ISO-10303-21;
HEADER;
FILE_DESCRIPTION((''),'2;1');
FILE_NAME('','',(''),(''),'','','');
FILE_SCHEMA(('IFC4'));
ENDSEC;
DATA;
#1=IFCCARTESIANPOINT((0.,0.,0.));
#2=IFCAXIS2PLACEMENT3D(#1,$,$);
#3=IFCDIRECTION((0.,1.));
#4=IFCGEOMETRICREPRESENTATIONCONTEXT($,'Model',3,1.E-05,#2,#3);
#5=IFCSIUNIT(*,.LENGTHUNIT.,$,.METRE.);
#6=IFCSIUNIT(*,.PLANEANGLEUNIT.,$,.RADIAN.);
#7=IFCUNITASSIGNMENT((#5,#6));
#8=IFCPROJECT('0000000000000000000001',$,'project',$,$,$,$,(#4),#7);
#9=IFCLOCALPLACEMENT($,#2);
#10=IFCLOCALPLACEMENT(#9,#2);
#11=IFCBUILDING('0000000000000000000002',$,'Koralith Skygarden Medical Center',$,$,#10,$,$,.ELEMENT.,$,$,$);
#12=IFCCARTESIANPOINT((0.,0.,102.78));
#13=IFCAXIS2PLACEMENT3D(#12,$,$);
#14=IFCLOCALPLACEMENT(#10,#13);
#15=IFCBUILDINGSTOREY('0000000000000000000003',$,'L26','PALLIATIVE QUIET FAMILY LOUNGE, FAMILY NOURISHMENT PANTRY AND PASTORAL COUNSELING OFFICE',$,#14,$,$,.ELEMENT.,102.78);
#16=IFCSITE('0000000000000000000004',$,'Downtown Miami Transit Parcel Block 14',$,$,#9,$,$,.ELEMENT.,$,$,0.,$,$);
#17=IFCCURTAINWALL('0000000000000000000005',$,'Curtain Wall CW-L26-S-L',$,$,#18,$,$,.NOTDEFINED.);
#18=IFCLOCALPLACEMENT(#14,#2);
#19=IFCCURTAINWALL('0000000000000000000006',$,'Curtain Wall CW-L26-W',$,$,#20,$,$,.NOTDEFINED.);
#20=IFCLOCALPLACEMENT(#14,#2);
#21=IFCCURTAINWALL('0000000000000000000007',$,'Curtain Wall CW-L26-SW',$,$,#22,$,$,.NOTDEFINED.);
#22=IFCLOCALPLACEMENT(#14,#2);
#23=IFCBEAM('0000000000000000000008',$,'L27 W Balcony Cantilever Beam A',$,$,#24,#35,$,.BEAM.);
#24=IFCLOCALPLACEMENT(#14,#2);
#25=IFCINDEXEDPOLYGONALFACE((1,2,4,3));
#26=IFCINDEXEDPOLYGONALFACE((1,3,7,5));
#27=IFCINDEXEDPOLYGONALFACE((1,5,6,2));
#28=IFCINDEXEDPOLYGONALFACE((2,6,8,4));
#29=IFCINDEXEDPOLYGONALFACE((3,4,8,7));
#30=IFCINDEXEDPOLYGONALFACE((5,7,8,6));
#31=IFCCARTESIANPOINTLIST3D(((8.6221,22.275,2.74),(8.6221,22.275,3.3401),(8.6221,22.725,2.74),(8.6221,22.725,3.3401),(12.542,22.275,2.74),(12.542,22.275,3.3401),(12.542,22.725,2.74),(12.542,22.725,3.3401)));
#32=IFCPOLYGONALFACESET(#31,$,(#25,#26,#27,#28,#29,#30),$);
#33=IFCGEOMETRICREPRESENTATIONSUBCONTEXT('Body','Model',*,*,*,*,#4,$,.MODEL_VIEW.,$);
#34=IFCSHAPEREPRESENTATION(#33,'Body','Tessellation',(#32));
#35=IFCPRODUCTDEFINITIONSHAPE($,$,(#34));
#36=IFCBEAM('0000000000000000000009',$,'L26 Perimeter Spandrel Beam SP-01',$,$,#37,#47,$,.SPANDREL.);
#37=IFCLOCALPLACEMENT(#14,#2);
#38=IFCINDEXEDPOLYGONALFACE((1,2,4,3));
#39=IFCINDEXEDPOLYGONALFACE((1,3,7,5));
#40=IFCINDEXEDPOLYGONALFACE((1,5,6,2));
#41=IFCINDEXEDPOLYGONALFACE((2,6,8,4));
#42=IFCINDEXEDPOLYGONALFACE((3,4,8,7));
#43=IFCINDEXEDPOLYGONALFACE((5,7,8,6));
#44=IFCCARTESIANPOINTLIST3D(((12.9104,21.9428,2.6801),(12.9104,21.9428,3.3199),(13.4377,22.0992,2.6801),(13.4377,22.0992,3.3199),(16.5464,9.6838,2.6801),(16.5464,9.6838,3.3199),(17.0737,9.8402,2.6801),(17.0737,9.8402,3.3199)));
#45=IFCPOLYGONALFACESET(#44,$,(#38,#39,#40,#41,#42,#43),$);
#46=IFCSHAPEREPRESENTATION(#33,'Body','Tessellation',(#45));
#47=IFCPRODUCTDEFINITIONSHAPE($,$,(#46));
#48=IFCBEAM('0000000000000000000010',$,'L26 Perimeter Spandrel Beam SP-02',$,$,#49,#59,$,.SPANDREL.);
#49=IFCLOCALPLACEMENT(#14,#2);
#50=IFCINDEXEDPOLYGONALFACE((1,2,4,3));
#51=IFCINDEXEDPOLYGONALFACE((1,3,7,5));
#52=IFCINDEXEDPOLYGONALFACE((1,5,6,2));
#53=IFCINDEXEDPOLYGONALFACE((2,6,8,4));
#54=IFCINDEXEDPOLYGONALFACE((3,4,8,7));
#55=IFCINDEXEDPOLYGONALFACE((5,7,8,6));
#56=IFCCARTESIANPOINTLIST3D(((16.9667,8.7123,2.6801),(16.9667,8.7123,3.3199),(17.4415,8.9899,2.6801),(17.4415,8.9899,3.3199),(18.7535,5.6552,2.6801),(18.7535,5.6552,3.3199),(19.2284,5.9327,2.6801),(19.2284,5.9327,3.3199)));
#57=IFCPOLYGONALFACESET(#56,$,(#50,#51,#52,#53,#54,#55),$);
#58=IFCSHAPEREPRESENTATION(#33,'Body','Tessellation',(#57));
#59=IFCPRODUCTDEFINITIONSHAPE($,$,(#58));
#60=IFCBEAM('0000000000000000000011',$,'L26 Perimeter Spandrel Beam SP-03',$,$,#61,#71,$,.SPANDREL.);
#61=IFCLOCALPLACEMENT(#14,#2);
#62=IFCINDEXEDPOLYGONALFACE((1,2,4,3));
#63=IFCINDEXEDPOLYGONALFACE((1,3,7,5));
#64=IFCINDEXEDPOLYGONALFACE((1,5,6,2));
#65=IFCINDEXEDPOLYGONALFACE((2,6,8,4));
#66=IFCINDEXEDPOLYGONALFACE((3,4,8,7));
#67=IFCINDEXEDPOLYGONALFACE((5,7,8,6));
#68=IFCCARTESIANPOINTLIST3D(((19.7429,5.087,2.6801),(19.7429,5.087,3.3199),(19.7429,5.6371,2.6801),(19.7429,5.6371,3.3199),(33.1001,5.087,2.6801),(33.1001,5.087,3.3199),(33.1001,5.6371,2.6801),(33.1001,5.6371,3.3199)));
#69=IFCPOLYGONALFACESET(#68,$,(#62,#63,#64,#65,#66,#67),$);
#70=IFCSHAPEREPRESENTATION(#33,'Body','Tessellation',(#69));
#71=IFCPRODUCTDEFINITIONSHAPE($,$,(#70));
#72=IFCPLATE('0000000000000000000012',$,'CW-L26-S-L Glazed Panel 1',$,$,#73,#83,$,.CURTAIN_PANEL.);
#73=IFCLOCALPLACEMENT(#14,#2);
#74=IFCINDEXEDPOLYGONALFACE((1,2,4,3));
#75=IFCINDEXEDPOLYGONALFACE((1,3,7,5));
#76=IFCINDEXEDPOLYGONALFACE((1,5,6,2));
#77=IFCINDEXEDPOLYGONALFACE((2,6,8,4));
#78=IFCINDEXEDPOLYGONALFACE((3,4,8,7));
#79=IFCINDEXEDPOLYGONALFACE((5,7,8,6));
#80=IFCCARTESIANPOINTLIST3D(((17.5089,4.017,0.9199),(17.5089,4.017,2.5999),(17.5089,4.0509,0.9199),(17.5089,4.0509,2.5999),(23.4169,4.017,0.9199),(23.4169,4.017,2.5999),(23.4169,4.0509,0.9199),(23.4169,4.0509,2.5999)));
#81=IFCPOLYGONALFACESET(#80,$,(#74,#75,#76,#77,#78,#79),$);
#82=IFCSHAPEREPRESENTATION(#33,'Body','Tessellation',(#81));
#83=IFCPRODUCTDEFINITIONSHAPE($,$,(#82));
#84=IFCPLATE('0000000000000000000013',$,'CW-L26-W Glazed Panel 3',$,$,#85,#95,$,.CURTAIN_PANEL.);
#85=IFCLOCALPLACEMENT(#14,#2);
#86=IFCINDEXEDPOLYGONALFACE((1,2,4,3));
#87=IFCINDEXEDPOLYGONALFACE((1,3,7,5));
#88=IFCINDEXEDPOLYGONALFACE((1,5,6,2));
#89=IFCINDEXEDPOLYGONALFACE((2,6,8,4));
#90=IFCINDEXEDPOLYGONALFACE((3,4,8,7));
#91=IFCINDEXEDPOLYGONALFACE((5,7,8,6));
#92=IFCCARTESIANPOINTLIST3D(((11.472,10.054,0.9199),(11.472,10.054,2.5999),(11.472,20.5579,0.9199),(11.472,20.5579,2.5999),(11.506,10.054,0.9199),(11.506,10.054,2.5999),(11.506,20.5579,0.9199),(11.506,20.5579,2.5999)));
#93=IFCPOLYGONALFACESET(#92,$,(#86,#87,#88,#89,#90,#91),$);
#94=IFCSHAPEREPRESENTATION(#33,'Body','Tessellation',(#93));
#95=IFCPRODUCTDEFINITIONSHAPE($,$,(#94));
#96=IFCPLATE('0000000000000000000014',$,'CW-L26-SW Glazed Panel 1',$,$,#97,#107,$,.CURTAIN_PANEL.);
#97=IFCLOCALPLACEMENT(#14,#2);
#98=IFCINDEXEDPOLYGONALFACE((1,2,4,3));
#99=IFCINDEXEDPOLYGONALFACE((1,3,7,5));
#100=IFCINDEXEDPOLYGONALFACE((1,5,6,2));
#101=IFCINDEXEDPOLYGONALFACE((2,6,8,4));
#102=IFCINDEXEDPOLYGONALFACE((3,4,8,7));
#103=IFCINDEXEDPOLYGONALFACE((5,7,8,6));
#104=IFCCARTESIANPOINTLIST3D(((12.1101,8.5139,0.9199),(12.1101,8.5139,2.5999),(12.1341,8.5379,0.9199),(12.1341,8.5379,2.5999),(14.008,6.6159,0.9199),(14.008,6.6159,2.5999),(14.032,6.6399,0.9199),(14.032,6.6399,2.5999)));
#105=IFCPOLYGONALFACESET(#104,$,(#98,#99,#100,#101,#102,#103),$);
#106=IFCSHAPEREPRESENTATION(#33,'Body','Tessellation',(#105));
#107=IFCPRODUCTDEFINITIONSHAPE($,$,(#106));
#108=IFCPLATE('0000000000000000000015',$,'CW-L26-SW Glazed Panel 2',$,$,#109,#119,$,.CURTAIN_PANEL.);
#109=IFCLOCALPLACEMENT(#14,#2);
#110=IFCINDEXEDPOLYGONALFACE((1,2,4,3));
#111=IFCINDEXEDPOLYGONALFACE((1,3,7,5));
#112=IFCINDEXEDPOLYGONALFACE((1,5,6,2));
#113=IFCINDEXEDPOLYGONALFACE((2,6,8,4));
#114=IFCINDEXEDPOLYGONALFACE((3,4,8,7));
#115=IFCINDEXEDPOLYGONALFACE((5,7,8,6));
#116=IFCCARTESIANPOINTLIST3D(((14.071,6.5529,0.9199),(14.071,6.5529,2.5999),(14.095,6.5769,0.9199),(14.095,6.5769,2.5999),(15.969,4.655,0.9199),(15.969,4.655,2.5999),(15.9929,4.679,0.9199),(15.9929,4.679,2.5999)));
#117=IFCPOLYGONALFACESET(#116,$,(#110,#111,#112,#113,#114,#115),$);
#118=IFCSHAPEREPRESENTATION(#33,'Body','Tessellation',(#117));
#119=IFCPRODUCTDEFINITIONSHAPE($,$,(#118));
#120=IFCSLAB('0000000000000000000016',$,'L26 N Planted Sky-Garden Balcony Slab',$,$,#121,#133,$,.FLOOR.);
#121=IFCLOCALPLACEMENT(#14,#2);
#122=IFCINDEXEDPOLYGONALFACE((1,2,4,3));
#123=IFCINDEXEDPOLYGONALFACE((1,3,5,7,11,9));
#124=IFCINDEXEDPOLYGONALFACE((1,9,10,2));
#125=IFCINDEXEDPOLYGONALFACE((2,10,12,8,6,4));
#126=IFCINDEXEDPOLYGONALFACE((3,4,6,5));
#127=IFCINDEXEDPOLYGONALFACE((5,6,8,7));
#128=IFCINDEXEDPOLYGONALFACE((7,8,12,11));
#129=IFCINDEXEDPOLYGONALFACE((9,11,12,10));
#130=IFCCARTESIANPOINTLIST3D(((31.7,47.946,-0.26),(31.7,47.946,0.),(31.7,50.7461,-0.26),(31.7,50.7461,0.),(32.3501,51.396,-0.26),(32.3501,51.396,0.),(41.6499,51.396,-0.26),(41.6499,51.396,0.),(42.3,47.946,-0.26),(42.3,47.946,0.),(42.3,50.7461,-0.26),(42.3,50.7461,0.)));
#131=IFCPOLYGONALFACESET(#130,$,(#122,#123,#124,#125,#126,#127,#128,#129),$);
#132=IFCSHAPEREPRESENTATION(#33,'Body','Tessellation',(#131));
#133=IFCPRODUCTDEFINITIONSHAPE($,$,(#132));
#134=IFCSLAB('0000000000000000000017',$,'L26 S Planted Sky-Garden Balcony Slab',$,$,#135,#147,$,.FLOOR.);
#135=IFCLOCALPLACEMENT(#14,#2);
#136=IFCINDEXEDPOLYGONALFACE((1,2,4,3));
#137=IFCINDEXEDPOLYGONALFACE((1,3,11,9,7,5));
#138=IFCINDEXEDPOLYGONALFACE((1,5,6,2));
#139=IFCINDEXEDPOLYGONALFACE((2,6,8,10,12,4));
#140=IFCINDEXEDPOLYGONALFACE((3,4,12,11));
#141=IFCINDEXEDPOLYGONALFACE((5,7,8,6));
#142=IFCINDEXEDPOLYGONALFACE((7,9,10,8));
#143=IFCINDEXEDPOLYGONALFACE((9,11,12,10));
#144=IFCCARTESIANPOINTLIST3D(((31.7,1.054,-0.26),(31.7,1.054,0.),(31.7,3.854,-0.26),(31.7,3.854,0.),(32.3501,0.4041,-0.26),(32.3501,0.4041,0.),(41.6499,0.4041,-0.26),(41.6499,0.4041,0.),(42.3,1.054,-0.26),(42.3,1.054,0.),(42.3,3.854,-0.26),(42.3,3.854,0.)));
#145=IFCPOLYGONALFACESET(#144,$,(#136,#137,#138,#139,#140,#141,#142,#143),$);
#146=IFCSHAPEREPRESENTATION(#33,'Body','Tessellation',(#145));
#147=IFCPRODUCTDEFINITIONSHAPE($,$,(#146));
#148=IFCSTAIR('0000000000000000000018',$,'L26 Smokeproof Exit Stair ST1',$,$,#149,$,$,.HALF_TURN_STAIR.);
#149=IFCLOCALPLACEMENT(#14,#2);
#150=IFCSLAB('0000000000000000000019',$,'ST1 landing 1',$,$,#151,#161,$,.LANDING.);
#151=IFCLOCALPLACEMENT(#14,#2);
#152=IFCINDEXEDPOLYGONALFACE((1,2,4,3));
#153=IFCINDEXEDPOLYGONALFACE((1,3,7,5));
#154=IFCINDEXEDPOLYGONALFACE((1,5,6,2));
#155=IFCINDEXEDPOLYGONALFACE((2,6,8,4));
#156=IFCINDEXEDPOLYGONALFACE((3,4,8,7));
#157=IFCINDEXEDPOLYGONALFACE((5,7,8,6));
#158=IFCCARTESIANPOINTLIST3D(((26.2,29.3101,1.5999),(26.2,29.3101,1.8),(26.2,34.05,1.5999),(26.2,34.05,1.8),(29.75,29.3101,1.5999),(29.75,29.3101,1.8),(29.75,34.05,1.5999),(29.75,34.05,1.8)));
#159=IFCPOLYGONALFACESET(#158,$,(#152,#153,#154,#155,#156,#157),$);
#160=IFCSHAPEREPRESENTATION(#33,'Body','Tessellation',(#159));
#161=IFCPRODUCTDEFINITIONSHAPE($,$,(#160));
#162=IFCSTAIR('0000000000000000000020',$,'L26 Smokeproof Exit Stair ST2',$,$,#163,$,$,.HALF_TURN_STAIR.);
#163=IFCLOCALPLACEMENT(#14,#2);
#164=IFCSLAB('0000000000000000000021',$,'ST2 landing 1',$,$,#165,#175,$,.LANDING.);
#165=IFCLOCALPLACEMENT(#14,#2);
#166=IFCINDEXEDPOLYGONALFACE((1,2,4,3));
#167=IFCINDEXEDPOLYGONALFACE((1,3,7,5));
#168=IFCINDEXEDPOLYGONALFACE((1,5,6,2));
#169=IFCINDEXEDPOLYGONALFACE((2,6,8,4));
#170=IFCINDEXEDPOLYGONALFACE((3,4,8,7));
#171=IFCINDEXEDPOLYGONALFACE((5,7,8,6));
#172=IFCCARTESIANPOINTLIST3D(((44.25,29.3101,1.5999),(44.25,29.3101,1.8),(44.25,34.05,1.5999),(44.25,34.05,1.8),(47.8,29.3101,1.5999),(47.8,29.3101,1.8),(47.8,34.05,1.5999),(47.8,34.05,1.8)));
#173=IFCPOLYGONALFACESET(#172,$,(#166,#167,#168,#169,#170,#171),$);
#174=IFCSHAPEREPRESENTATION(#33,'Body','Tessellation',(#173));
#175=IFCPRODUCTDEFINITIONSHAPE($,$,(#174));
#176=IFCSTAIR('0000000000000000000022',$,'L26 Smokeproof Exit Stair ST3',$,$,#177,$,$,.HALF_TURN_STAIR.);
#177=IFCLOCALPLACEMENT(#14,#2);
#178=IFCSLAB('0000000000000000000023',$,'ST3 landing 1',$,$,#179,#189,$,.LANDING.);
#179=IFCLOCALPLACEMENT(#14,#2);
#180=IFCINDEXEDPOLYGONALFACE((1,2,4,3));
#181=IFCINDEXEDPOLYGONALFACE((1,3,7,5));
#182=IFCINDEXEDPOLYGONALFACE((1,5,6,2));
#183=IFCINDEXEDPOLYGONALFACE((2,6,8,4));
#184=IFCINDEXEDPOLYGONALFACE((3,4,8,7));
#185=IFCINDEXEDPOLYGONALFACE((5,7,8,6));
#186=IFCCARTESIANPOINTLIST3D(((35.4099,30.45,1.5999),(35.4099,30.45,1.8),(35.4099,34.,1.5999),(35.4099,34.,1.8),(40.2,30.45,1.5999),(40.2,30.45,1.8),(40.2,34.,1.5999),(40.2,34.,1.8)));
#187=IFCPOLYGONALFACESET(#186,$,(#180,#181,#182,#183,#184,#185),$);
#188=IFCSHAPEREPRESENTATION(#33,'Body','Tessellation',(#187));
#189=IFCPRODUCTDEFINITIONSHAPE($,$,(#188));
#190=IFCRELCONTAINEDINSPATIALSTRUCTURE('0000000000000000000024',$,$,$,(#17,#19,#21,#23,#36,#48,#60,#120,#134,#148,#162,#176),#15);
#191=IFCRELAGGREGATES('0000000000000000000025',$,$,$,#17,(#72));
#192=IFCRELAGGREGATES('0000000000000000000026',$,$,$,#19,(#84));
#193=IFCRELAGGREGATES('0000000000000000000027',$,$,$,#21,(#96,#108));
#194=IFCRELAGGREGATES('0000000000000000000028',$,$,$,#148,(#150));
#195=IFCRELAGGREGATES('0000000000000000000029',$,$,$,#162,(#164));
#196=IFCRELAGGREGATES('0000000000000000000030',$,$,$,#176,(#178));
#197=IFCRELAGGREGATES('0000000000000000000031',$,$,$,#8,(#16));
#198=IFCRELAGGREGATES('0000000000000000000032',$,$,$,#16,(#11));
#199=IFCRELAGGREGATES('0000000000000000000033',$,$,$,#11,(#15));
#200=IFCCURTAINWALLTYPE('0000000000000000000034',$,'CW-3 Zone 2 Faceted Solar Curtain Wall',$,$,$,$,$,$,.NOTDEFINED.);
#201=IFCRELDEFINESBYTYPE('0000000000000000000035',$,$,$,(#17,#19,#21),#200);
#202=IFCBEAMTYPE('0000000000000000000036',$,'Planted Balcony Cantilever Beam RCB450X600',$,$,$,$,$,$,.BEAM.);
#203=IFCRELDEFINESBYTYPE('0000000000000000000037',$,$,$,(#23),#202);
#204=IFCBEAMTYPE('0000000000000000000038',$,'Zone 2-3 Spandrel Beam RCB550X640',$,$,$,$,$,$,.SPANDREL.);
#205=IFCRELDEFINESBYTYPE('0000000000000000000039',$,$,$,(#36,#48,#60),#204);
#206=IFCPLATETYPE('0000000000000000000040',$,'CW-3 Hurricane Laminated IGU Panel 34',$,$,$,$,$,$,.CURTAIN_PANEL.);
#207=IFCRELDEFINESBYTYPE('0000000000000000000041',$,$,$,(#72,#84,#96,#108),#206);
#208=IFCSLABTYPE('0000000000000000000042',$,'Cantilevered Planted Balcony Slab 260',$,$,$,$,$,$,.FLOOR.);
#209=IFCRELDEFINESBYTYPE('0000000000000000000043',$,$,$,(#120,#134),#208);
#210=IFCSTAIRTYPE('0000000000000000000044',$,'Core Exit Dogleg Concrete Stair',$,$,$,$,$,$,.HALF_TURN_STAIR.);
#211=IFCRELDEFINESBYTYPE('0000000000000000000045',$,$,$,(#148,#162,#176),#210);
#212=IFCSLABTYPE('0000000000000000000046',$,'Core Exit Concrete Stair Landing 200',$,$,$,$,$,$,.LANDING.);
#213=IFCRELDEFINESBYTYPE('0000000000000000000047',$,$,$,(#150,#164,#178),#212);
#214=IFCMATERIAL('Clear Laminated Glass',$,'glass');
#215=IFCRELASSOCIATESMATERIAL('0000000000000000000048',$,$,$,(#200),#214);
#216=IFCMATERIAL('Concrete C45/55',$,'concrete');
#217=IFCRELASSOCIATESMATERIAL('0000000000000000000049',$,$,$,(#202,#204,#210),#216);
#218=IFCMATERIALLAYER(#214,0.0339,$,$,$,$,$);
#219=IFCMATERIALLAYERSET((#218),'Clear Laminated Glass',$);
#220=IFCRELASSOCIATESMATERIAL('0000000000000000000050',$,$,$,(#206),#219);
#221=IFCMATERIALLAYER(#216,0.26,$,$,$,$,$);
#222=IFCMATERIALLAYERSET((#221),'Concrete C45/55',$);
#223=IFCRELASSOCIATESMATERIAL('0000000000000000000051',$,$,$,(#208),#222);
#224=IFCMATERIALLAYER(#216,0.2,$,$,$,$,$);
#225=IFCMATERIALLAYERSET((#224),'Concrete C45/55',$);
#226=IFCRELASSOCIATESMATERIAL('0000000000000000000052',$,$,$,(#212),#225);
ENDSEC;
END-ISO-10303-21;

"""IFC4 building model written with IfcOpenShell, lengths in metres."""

from ifc_helpers import new_model, si_unit, direction, frame, origin, origin_2d, place, context, subcontext, project, spatial, polyline, rectangle, outline, extrude, material, layer, layer_set, material_profile, profile_set, type_object, element, aggregate, save


model = new_model("IFC4")

# Units and contexts
model_context = context("Model", 3, precision=1e-05, world=origin(), true_north=direction((0.0, 1.0)))
body_context = subcontext(model_context, "Body", "Model", "MODEL_VIEW")
ifc_project = project(units=[si_unit("LENGTHUNIT", "METRE"), si_unit("PLANEANGLEUNIT", "RADIAN")], contexts=[model_context])

# Site, building, storey
site_placement = place(None, origin())
site = spatial("IfcSite", under=ifc_project, at=site_placement, Name="Downtown Miami Transit Parcel Block 14", CompositionType="ELEMENT", RefElevation=0.0)
building_placement = place(site_placement, origin())
building = spatial("IfcBuilding", under=site, at=building_placement, Name="Koralith Skygarden Medical Center", CompositionType="ELEMENT")
storey_placement = place(building_placement, frame((0.0, 0.0, 102.78)))
storey = spatial("IfcBuildingStorey", under=building, at=storey_placement, Name="L26", Description="PALLIATIVE QUIET FAMILY LOUNGE, FAMILY NOURISHMENT PANTRY AND PASTORAL COUNSELING OFFICE", CompositionType="ELEMENT", Elevation=102.78)

# Curtain wall
ifc_material_1 = material(Name="Clear Laminated Glass", Category="glass")
curtain_wall_type = type_object("IfcCurtainWallType", Name="CW-3 Zone 2 Faceted Solar Curtain Wall", PredefinedType="NOTDEFINED", material=ifc_material_1)
curtain_wall_1_placement = place(storey_placement, origin())
curtain_wall_1 = element("IfcCurtainWall", 1, at=curtain_wall_1_placement, inside=storey, type_object=curtain_wall_type, Name="Curtain Wall CW-L26-S-L", PredefinedType="NOTDEFINED")

# Curtain walls
curtain_wall_2_placement = place(storey_placement, origin())
curtain_wall_2 = element("IfcCurtainWall", 2, at=curtain_wall_2_placement, inside=storey, type_object=curtain_wall_type, Name="Curtain Wall CW-L26-W", PredefinedType="NOTDEFINED")
curtain_wall_3_placement = place(storey_placement, origin())
curtain_wall_3 = element("IfcCurtainWall", 3, at=curtain_wall_3_placement, inside=storey, type_object=curtain_wall_type, Name="Curtain Wall CW-L26-SW", PredefinedType="NOTDEFINED")

# Beams
ifc_material_2 = material(Name="Concrete C45/55", Category="concrete")
ifc_material_profile_1 = material_profile(ifc_material_2, rectangle(XDim=0.45, YDim=0.6001, at=origin_2d()), Name="RCB450X600")
ifc_profile_set_1 = profile_set([ifc_material_profile_1], Name="Concrete C45/55")
beam_type_1 = type_object("IfcBeamType", Name="Planted Balcony Cantilever Beam RCB450X600", PredefinedType="BEAM", material=ifc_profile_set_1)
beam_1_placement = place(storey_placement, frame((12.542, 22.5, 3.04), z_axis=(-1.0, 0.0, 0.0), x_axis=(0.0, -1.0, 0.0)))
element("IfcBeam", 4, at=beam_1_placement, inside=storey, type_object=beam_type_1, Name="L27 W Balcony Cantilever Beam A", PredefinedType="BEAM", context=body_context, shape_type="SweptSolid", body=[
    extrude(rectangle(XDim=0.45, YDim=0.6001, at=origin_2d()), origin(), (0.0, 0.0, 1.0), 3.9199),
])
ifc_material_profile_2 = material_profile(ifc_material_2, rectangle(XDim=0.55, YDim=0.6399, at=origin_2d()), Name="RCB550X640")
ifc_profile_set_2 = profile_set([ifc_material_profile_2], Name="Concrete C45/55")
beam_type_2 = type_object("IfcBeamType", Name="Zone 2-3 Spandrel Beam RCB550X640", PredefinedType="SPANDREL", material=ifc_profile_set_2)
beam_2_placement = place(storey_placement, frame((13.1741, 22.021, 3.0), z_axis=(0.284353, -0.95872, 0.0), x_axis=(0.95872, 0.284353, 0.0)))
element("IfcBeam", 5, at=beam_2_placement, inside=storey, type_object=beam_type_2, Name="L26 Perimeter Spandrel Beam SP-01", PredefinedType="SPANDREL", context=body_context, shape_type="SweptSolid", body=[
    extrude(rectangle(XDim=0.55, YDim=0.6399, at=origin_2d()), origin(), (0.0, 0.0, 1.0), 12.7869),
])
beam_3_placement = place(storey_placement, frame((17.2041, 8.8511, 3.0), z_axis=(0.504617, -0.863343, 0.0), x_axis=(0.863343, 0.504617, 0.0)))
element("IfcBeam", 6, at=beam_3_placement, inside=storey, type_object=beam_type_2, Name="L26 Perimeter Spandrel Beam SP-02", PredefinedType="SPANDREL", context=body_context, shape_type="SweptSolid", body=[
    extrude(rectangle(XDim=0.55, YDim=0.6399, at=origin_2d()), origin(), (0.0, 0.0, 1.0), 3.541),
])
beam_4_placement = place(storey_placement, frame((19.7429, 5.3621, 3.0), z_axis=(1.0, 0.0, 0.0), x_axis=(0.0, 1.0, 0.0)))
element("IfcBeam", 7, at=beam_4_placement, inside=storey, type_object=beam_type_2, Name="L26 Perimeter Spandrel Beam SP-03", PredefinedType="SPANDREL", context=body_context, shape_type="SweptSolid", body=[
    extrude(rectangle(XDim=0.55, YDim=0.6399, at=origin_2d()), origin(), (0.0, 0.0, 1.0), 13.3572),
])

# Plates
ifc_layer_1 = layer(ifc_material_1, 0.0339)
ifc_layer_set_1 = layer_set([ifc_layer_1], Name="Clear Laminated Glass")
plate_type_1 = type_object("IfcPlateType", Name="CW-3 Hurricane Laminated IGU Panel 34", PredefinedType="CURTAIN_PANEL", material=ifc_layer_set_1)
plate_1_placement = place(storey_placement, frame((20.4629, 4.0339, 0.9199), z_axis=(0.0, 0.0, 1.0), x_axis=(1.0, 0.0, 0.0)))
plate_1 = element("IfcPlate", 8, at=plate_1_placement, type_object=plate_type_1, Name="CW-L26-S-L Glazed Panel 1", PredefinedType="CURTAIN_PANEL", context=body_context, shape_type="SweptSolid", body=[
    extrude(rectangle(XDim=5.908, YDim=0.0339, at=origin_2d()), origin(), (0.0, 0.0, 1.0), 1.6799),
])
aggregate(curtain_wall_1, [plate_1])
plate_2_placement = place(storey_placement, frame((11.489, 15.3059, 0.9199), z_axis=(0.0, 0.0, 1.0), x_axis=(0.0, -1.0, 0.0)))
plate_2 = element("IfcPlate", 9, at=plate_2_placement, type_object=plate_type_1, Name="CW-L26-W Glazed Panel 3", PredefinedType="CURTAIN_PANEL", context=body_context, shape_type="SweptSolid", body=[
    extrude(rectangle(XDim=10.5039, YDim=0.0339, at=origin_2d()), origin(), (0.0, 0.0, 1.0), 1.6799),
])
aggregate(curtain_wall_2, [plate_2])
plate_3_placement = place(storey_placement, frame((13.071, 7.5769, 0.9199), z_axis=(0.0, 0.0, 1.0), x_axis=(0.707107, -0.707107, 0.0)))
plate_3 = element("IfcPlate", 10, at=plate_3_placement, type_object=plate_type_1, Name="CW-L26-SW Glazed Panel 1", PredefinedType="CURTAIN_PANEL", context=body_context, shape_type="SweptSolid", body=[
    extrude(rectangle(XDim=2.6841, YDim=0.0339, at=origin_2d()), origin(), (0.0, 0.0, 1.0), 1.6799),
])
plate_4_placement = place(storey_placement, frame((15.032, 5.616, 0.9199), z_axis=(0.0, 0.0, 1.0), x_axis=(0.707107, -0.707107, 0.0)))
plate_4 = element("IfcPlate", 11, at=plate_4_placement, type_object=plate_type_1, Name="CW-L26-SW Glazed Panel 2", PredefinedType="CURTAIN_PANEL", context=body_context, shape_type="SweptSolid", body=[
    extrude(rectangle(XDim=2.6841, YDim=0.0339, at=origin_2d()), origin(), (0.0, 0.0, 1.0), 1.6799),
])
aggregate(curtain_wall_3, [plate_3, plate_4])

# Slabs
ifc_layer_2 = layer(ifc_material_2, 0.26)
ifc_layer_set_2 = layer_set([ifc_layer_2], Name="Concrete C45/55")
slab_type_1 = type_object("IfcSlabType", Name="Cantilevered Planted Balcony Slab 260", PredefinedType="FLOOR", material=ifc_layer_set_2)
slab_1_placement = place(storey_placement, frame((0.0, 0.0, -0.26)))
element("IfcSlab", 12, at=slab_1_placement, inside=storey, type_object=slab_type_1, Name="L26 N Planted Sky-Garden Balcony Slab", PredefinedType="FLOOR", context=body_context, shape_type="SweptSolid", body=[
    extrude(outline(polyline([(31.7, 47.946), (42.3, 47.946), (42.3, 50.7461), (41.6499, 51.396), (32.3501, 51.396), (31.7, 50.7461), (31.7, 47.946)])), origin(), (0.0, 0.0, 1.0), 0.26),
])
slab_2_placement = place(storey_placement, frame((0.0, 0.0, -0.26)))
element("IfcSlab", 13, at=slab_2_placement, inside=storey, type_object=slab_type_1, Name="L26 S Planted Sky-Garden Balcony Slab", PredefinedType="FLOOR", context=body_context, shape_type="SweptSolid", body=[
    extrude(outline(polyline([(32.3501, 0.4041), (41.6499, 0.4041), (42.3, 1.054), (42.3, 3.854), (31.7, 3.854), (31.7, 1.054), (32.3501, 0.4041)])), origin(), (0.0, 0.0, 1.0), 0.26),
])

# Stairs, slabs
stair_type = type_object("IfcStairType", Name="Core Exit Dogleg Concrete Stair", PredefinedType="HALF_TURN_STAIR", material=ifc_material_2)
stair_1_placement = place(storey_placement, origin())
stair_1 = element("IfcStair", 14, at=stair_1_placement, inside=storey, type_object=stair_type, Name="L26 Smokeproof Exit Stair ST1", PredefinedType="HALF_TURN_STAIR")
ifc_layer_3 = layer(ifc_material_2, 0.2)
ifc_layer_set_3 = layer_set([ifc_layer_3], Name="Concrete C45/55")
slab_type_2 = type_object("IfcSlabType", Name="Core Exit Concrete Stair Landing 200", PredefinedType="LANDING", material=ifc_layer_set_3)
slab_3_placement = place(storey_placement, frame((0.0, 0.0, 1.5999)))
slab_3 = element("IfcSlab", 15, at=slab_3_placement, type_object=slab_type_2, Name="ST1 landing 1", PredefinedType="LANDING", context=body_context, shape_type="SweptSolid", body=[
    extrude(outline(polyline([(29.75, 29.3101), (29.75, 34.05), (26.2, 34.05), (26.2, 29.3101), (29.75, 29.3101)])), origin(), (0.0, 0.0, 1.0), 0.2002),
])
aggregate(stair_1, [slab_3])
stair_2_placement = place(storey_placement, origin())
stair_2 = element("IfcStair", 16, at=stair_2_placement, inside=storey, type_object=stair_type, Name="L26 Smokeproof Exit Stair ST2", PredefinedType="HALF_TURN_STAIR")
slab_4_placement = place(storey_placement, frame((0.0, 0.0, 1.5999)))
slab_4 = element("IfcSlab", 17, at=slab_4_placement, type_object=slab_type_2, Name="ST2 landing 1", PredefinedType="LANDING", context=body_context, shape_type="SweptSolid", body=[
    extrude(outline(polyline([(47.8, 29.3101), (47.8, 34.05), (44.25, 34.05), (44.25, 29.3101), (47.8, 29.3101)])), origin(), (0.0, 0.0, 1.0), 0.2002),
])
aggregate(stair_2, [slab_4])
stair_3_placement = place(storey_placement, origin())
stair_3 = element("IfcStair", 18, at=stair_3_placement, inside=storey, type_object=stair_type, Name="L26 Smokeproof Exit Stair ST3", PredefinedType="HALF_TURN_STAIR")
slab_5_placement = place(storey_placement, frame((0.0, 0.0, 1.5999)))
slab_5 = element("IfcSlab", 19, at=slab_5_placement, type_object=slab_type_2, Name="ST3 landing 1", PredefinedType="LANDING", context=body_context, shape_type="SweptSolid", body=[
    extrude(outline(polyline([(35.4099, 30.45), (40.2, 30.45), (40.2, 34.0), (35.4099, 34.0), (35.4099, 30.45)])), origin(), (0.0, 0.0, 1.0), 0.2002),
])
aggregate(stair_3, [slab_5])

save(model, "model.ifc")
